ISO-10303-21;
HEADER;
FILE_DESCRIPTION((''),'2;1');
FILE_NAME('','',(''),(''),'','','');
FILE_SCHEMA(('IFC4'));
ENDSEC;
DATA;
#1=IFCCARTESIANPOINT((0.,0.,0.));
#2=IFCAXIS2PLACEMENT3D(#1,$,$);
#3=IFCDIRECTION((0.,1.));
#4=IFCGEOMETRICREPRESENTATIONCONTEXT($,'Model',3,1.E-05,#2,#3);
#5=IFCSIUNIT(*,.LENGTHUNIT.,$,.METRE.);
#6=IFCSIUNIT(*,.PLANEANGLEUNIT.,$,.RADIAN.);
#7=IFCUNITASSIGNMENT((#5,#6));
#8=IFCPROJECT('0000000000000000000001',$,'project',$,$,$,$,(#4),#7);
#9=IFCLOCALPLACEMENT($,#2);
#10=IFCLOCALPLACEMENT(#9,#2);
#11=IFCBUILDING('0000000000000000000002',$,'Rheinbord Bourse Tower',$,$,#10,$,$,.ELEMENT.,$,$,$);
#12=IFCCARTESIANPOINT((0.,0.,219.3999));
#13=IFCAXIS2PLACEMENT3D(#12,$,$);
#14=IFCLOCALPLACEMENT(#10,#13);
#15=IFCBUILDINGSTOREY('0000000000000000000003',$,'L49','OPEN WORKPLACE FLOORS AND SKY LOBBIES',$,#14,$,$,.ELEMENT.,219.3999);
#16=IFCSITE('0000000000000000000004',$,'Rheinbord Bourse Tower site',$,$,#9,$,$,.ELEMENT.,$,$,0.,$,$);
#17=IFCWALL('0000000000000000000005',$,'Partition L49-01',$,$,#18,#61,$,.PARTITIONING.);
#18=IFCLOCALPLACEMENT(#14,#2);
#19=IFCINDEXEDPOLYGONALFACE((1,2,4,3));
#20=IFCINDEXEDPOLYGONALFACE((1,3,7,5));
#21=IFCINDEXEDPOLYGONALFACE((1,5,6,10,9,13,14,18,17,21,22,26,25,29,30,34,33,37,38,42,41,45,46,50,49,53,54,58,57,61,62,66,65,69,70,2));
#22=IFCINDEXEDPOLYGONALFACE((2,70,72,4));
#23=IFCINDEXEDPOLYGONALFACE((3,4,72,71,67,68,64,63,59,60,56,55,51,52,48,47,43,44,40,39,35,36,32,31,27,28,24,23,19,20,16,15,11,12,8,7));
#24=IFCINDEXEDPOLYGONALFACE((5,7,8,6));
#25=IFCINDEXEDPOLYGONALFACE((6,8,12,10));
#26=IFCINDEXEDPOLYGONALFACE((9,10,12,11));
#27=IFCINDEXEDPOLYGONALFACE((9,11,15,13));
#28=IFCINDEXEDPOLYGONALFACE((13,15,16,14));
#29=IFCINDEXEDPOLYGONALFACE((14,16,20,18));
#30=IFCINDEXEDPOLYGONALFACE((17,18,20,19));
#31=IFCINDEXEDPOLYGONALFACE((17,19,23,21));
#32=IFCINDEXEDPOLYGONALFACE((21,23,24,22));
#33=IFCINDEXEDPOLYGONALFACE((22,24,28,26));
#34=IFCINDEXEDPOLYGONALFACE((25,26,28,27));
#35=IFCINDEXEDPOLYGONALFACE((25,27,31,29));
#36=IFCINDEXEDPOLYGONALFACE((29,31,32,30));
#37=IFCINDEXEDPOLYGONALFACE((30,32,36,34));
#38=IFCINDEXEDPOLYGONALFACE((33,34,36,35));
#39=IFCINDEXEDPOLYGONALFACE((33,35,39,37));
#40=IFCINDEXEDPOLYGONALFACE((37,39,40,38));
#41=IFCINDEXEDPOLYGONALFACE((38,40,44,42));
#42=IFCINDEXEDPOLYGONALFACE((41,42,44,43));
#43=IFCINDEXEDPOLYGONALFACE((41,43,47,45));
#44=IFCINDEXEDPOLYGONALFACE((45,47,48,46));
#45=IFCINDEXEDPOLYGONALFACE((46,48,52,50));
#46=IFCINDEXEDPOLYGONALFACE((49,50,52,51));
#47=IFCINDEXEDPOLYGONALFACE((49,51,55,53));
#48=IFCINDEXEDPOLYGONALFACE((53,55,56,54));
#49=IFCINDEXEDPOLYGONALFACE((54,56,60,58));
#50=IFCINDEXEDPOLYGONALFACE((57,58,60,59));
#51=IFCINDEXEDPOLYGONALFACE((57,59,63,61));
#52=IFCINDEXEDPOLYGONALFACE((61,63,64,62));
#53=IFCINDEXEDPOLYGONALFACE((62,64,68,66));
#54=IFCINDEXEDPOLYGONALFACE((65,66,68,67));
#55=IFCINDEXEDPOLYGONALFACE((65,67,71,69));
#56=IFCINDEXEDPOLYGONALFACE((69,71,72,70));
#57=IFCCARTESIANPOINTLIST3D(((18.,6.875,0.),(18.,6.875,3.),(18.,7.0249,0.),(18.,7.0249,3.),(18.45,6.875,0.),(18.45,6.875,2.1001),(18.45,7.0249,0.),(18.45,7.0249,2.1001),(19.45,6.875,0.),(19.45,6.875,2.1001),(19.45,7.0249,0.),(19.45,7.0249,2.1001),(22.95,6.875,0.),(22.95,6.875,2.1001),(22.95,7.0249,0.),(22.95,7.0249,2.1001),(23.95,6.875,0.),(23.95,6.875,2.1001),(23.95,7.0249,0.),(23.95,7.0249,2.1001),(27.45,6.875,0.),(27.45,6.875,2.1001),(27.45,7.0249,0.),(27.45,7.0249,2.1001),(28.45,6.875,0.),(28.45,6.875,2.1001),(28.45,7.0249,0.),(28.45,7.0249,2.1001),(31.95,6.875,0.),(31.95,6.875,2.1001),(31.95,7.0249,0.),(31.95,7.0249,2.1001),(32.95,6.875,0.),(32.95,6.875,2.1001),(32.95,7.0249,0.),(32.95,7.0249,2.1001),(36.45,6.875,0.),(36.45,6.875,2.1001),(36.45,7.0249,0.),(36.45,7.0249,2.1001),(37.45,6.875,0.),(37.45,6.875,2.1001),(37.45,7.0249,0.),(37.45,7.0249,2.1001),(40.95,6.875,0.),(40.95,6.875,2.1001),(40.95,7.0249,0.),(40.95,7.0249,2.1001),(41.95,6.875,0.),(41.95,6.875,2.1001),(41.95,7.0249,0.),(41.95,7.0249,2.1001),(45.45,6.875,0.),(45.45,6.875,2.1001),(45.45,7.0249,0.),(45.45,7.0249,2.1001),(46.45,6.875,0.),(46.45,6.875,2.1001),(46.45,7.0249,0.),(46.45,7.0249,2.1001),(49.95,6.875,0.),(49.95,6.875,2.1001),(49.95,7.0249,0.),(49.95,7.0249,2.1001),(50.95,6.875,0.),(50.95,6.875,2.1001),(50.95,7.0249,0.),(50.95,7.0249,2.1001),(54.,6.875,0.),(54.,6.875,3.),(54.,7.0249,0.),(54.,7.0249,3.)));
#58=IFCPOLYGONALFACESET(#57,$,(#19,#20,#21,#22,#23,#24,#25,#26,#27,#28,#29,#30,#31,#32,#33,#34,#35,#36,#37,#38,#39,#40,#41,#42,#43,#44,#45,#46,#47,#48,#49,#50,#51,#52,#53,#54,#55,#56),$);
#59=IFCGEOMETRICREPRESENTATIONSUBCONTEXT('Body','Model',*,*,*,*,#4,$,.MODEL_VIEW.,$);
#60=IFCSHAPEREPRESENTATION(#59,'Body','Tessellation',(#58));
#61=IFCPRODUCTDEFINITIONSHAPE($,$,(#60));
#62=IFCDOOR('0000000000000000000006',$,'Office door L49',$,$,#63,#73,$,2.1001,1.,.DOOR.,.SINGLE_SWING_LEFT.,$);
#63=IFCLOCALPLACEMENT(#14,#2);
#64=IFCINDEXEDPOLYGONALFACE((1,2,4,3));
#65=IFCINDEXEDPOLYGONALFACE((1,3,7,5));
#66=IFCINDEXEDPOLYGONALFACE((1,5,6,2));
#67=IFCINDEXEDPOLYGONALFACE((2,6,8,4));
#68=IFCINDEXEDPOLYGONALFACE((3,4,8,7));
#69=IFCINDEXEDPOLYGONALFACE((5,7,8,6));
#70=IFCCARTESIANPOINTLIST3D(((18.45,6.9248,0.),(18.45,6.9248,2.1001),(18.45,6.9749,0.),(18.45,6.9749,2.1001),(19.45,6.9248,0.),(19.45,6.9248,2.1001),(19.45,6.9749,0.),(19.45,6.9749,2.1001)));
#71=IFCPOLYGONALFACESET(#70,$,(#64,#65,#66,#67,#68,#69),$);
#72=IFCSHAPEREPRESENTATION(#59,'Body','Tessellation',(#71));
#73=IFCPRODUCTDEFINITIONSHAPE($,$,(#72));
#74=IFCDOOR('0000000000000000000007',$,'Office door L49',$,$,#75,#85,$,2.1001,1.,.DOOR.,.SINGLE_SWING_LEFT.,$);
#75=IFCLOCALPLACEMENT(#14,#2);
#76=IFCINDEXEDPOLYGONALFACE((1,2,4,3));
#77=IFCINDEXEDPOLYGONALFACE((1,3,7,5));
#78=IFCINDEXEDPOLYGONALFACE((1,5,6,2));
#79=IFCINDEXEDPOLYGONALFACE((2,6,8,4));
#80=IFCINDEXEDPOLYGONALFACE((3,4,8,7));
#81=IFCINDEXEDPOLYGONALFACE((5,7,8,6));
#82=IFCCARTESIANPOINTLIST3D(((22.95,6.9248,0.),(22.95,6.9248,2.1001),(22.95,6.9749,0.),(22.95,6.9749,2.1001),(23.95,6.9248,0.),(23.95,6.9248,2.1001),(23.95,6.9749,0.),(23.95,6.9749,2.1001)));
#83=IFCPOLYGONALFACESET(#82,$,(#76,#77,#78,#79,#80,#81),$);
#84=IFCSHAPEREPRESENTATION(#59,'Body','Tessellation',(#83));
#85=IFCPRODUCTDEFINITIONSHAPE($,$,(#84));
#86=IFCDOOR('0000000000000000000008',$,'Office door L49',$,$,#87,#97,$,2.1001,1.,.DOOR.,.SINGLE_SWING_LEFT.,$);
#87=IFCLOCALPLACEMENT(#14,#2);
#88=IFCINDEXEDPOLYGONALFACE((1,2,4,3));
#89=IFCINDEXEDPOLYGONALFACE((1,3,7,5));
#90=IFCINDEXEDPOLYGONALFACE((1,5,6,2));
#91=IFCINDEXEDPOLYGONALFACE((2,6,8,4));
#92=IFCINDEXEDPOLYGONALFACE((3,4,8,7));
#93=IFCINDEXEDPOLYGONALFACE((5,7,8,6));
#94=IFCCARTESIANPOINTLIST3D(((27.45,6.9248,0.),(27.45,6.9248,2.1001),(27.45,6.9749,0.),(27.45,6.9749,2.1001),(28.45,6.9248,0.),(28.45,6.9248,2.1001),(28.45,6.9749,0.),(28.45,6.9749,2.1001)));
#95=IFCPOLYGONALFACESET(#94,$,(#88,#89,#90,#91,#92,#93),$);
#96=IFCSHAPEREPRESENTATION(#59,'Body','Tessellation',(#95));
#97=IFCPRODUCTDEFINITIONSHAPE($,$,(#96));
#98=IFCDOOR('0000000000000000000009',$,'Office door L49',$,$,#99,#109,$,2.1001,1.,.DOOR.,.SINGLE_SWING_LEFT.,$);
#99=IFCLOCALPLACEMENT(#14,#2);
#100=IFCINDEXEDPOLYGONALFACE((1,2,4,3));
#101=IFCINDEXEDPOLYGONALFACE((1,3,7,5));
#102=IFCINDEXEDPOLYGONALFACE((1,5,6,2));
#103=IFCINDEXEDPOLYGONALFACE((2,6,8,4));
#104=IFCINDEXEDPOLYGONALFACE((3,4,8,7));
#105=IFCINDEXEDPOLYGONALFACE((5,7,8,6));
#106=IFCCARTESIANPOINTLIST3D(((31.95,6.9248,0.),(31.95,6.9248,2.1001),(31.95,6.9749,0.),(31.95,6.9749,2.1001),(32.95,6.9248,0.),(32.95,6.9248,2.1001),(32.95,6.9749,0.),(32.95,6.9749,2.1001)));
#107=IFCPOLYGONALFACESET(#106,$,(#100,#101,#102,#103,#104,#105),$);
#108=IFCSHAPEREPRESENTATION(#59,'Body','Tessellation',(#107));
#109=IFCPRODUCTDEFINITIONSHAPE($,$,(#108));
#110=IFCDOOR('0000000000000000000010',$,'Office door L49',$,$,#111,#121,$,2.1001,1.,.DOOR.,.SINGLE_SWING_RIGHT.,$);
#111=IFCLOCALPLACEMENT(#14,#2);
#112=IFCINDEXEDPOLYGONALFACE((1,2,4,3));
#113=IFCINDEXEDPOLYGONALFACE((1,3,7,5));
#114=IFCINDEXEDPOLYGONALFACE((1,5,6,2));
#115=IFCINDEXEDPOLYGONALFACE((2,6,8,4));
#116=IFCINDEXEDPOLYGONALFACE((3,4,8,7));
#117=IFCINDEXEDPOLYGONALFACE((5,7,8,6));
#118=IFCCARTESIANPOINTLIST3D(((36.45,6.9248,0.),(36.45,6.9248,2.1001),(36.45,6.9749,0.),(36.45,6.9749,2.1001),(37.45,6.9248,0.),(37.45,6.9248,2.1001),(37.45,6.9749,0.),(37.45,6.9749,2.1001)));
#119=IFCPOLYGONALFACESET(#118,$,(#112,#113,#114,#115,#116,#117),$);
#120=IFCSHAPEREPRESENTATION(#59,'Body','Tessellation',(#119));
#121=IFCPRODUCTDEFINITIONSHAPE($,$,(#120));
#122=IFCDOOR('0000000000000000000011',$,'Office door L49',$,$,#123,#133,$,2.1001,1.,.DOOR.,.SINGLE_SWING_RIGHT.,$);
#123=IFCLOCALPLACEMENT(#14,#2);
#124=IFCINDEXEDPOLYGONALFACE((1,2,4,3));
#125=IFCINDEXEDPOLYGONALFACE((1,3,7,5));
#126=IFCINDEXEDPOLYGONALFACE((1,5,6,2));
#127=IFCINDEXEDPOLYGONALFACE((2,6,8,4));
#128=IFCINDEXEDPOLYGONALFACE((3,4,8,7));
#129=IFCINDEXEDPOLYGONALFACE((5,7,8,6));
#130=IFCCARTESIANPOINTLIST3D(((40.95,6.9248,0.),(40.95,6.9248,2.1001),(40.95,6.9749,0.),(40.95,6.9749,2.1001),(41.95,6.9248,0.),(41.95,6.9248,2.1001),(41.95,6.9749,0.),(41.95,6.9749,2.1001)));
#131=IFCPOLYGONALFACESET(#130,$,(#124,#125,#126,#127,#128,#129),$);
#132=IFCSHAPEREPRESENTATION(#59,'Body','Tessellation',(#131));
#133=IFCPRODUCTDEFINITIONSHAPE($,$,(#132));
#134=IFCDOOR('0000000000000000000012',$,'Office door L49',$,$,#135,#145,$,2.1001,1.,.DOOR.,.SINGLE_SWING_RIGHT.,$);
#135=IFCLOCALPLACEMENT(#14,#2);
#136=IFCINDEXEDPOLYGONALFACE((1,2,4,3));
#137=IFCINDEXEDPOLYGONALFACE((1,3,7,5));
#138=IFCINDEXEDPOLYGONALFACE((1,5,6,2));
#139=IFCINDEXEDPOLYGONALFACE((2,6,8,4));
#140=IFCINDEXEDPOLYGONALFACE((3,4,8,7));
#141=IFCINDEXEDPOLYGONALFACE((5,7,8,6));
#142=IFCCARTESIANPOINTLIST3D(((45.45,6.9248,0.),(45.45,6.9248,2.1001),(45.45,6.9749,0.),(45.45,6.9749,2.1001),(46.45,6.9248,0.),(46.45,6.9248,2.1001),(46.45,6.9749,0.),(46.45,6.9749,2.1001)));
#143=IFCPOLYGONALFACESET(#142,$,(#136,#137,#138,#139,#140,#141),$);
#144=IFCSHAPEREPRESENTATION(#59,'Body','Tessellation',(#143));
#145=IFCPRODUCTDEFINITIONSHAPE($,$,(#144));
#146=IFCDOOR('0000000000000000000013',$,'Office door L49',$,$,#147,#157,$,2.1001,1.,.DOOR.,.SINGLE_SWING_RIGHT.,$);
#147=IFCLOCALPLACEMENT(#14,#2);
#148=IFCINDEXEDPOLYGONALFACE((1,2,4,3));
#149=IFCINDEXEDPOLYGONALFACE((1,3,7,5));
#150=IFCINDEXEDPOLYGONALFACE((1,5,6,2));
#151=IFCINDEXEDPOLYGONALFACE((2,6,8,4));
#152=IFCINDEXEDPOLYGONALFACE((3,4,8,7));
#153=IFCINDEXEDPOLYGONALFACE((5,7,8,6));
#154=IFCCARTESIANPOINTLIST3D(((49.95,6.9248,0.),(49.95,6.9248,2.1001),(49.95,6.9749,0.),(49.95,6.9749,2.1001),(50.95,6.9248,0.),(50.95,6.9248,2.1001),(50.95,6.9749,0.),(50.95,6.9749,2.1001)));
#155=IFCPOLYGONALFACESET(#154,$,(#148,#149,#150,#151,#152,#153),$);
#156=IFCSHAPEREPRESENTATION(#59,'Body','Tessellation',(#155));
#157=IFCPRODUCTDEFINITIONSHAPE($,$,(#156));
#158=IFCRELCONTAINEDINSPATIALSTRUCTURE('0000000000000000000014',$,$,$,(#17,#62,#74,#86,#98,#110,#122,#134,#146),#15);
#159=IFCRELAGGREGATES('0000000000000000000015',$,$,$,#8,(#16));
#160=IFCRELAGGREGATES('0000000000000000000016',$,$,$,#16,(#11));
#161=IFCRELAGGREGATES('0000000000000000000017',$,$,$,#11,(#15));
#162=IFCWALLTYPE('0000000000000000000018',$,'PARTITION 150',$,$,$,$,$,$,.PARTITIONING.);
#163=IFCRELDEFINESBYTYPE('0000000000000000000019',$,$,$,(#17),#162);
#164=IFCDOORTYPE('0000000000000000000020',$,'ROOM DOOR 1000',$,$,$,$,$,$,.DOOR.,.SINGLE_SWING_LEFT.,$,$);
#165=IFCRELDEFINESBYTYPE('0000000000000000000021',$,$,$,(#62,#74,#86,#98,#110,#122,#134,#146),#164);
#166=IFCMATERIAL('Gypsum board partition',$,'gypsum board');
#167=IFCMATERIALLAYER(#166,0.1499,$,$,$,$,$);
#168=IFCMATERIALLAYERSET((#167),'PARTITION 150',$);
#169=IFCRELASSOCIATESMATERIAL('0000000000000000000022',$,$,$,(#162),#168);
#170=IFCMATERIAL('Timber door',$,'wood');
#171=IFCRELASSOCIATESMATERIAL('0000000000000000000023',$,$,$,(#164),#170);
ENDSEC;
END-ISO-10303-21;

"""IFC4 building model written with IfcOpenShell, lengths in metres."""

from ifc_helpers import new_model, si_unit, direction, frame, frame_2d, origin, place, context, subcontext, project, spatial, rectangle, extrude, material, layer, layer_set, type_object, element, fill, save


model = new_model("IFC4")

# Units and contexts
model_context = context("Model", 3, precision=1e-05, world=origin(), true_north=direction((0.0, 1.0)))
body_context = subcontext(model_context, "Body", "Model", "MODEL_VIEW")
ifc_project = project(units=[si_unit("LENGTHUNIT", "METRE"), si_unit("PLANEANGLEUNIT", "RADIAN")], contexts=[model_context])

# Site, building, storey
site_placement = place(None, origin())
site = spatial("IfcSite", under=ifc_project, at=site_placement, Name="Rheinbord Bourse Tower site", CompositionType="ELEMENT", RefElevation=0.0)
building_placement = place(site_placement, origin())
building = spatial("IfcBuilding", under=site, at=building_placement, Name="Rheinbord Bourse Tower", CompositionType="ELEMENT")
storey_placement = place(building_placement, frame((0.0, 0.0, 219.3999)))
storey = spatial("IfcBuildingStorey", under=building, at=storey_placement, Name="L49", Description="OPEN WORKPLACE FLOORS AND SKY LOBBIES", CompositionType="ELEMENT", Elevation=219.3999)

# Wall, openings, doors
ifc_material_1 = material(Name="Gypsum board partition", Category="gypsum board")
ifc_layer_1 = layer(ifc_material_1, 0.1499)
ifc_layer_set_1 = layer_set([ifc_layer_1], Name="PARTITION 150")
wall_type_1 = type_object("IfcWallType", Name="PARTITION 150", PredefinedType="PARTITIONING", material=ifc_layer_set_1)
wall_1_placement = place(storey_placement, frame((18.0, 6.95, 0.0), z_axis=(0.0, 0.0, 1.0), x_axis=(1.0, 0.0, 0.0)))
wall_1 = element("IfcWall", 1, at=wall_1_placement, inside=storey, type_object=wall_type_1, Name="Partition L49-01", PredefinedType="PARTITIONING", context=body_context, shape_type="SweptSolid", body=[
    extrude(rectangle(XDim=36.0, YDim=0.1499, at=frame_2d((18.0, 0.0))), origin(), (0.0, 0.0, 1.0), 3.0),
])
opening_1_placement = place(wall_1_placement, frame((0.45, 0.0, 0.0)))
opening_1 = element("IfcOpeningElement", 2, at=opening_1_placement, cuts=wall_1, PredefinedType="OPENING", context=body_context, shape_type="SweptSolid", body=[
    extrude(rectangle(XDim=1.0, YDim=2.1001, at=frame_2d((0.5, 1.05))), frame((0.0, 0.085, 0.0), z_axis=(0.0, -1.0, 0.0), x_axis=(1.0, 0.0, 0.0)), (0.0, 0.0, 1.0), 0.1699),
])
opening_2_placement = place(wall_1_placement, frame((4.95, 0.0, 0.0)))
opening_2 = element("IfcOpeningElement", 3, at=opening_2_placement, cuts=wall_1, PredefinedType="OPENING", context=body_context, shape_type="SweptSolid", body=[
    extrude(rectangle(XDim=1.0, YDim=2.1001, at=frame_2d((0.5, 1.05))), frame((0.0, 0.085, 0.0), z_axis=(0.0, -1.0, 0.0), x_axis=(1.0, 0.0, 0.0)), (0.0, 0.0, 1.0), 0.1699),
])
opening_3_placement = place(wall_1_placement, frame((9.45, 0.0, 0.0)))
opening_3 = element("IfcOpeningElement", 4, at=opening_3_placement, cuts=wall_1, PredefinedType="OPENING", context=body_context, shape_type="SweptSolid", body=[
    extrude(rectangle(XDim=1.0, YDim=2.1001, at=frame_2d((0.5, 1.05))), frame((0.0, 0.085, 0.0), z_axis=(0.0, -1.0, 0.0), x_axis=(1.0, 0.0, 0.0)), (0.0, 0.0, 1.0), 0.1699),
])
opening_4_placement = place(wall_1_placement, frame((13.95, 0.0, 0.0)))
opening_4 = element("IfcOpeningElement", 5, at=opening_4_placement, cuts=wall_1, PredefinedType="OPENING", context=body_context, shape_type="SweptSolid", body=[
    extrude(rectangle(XDim=1.0, YDim=2.1001, at=frame_2d((0.5, 1.05))), frame((0.0, 0.085, 0.0), z_axis=(0.0, -1.0, 0.0), x_axis=(1.0, 0.0, 0.0)), (0.0, 0.0, 1.0), 0.1699),
])
opening_5_placement = place(wall_1_placement, frame((18.45, 0.0, 0.0)))
opening_5 = element("IfcOpeningElement", 6, at=opening_5_placement, cuts=wall_1, PredefinedType="OPENING", context=body_context, shape_type="SweptSolid", body=[
    extrude(rectangle(XDim=1.0, YDim=2.1001, at=frame_2d((0.5, 1.05))), frame((0.0, 0.085, 0.0), z_axis=(0.0, -1.0, 0.0), x_axis=(1.0, 0.0, 0.0)), (0.0, 0.0, 1.0), 0.1699),
])
opening_6_placement = place(wall_1_placement, frame((22.95, 0.0, 0.0)))
opening_6 = element("IfcOpeningElement", 7, at=opening_6_placement, cuts=wall_1, PredefinedType="OPENING", context=body_context, shape_type="SweptSolid", body=[
    extrude(rectangle(XDim=1.0, YDim=2.1001, at=frame_2d((0.5, 1.05))), frame((0.0, 0.085, 0.0), z_axis=(0.0, -1.0, 0.0), x_axis=(1.0, 0.0, 0.0)), (0.0, 0.0, 1.0), 0.1699),
])
opening_7_placement = place(wall_1_placement, frame((27.45, 0.0, 0.0)))
opening_7 = element("IfcOpeningElement", 8, at=opening_7_placement, cuts=wall_1, PredefinedType="OPENING", context=body_context, shape_type="SweptSolid", body=[
    extrude(rectangle(XDim=1.0, YDim=2.1001, at=frame_2d((0.5, 1.05))), frame((0.0, 0.085, 0.0), z_axis=(0.0, -1.0, 0.0), x_axis=(1.0, 0.0, 0.0)), (0.0, 0.0, 1.0), 0.1699),
])
opening_8_placement = place(wall_1_placement, frame((31.95, 0.0, 0.0)))
opening_8 = element("IfcOpeningElement", 9, at=opening_8_placement, cuts=wall_1, PredefinedType="OPENING", context=body_context, shape_type="SweptSolid", body=[
    extrude(rectangle(XDim=1.0, YDim=2.1001, at=frame_2d((0.5, 1.05))), frame((0.0, 0.085, 0.0), z_axis=(0.0, -1.0, 0.0), x_axis=(1.0, 0.0, 0.0)), (0.0, 0.0, 1.0), 0.1699),
])
ifc_material_2 = material(Name="Timber door", Category="wood")
door_type_1 = type_object("IfcDoorType", Name="ROOM DOOR 1000", OperationType="SINGLE_SWING_LEFT", PredefinedType="DOOR", material=ifc_material_2)
door_1_placement = place(opening_1_placement, origin())
door_1 = element("IfcDoor", 10, at=door_1_placement, inside=storey, type_object=door_type_1, Name="Office door L49", OperationType="SINGLE_SWING_LEFT", OverallHeight=2.1001, OverallWidth=1.0, PredefinedType="DOOR", context=body_context, shape_type="SweptSolid", body=[
    extrude(rectangle(XDim=1.0, YDim=2.1001, at=frame_2d((0.5, 1.05))), frame((0.0, 0.0249, 0.0), z_axis=(0.0, -1.0, 0.0), x_axis=(1.0, 0.0, 0.0)), (0.0, 0.0, 1.0), 0.05),
])
fill(opening_1, door_1)
door_2_placement = place(opening_2_placement, origin())
door_2 = element("IfcDoor", 11, at=door_2_placement, inside=storey, type_object=door_type_1, Name="Office door L49", OperationType="SINGLE_SWING_LEFT", OverallHeight=2.1001, OverallWidth=1.0, PredefinedType="DOOR", context=body_context, shape_type="SweptSolid", body=[
    extrude(rectangle(XDim=1.0, YDim=2.1001, at=frame_2d((0.5, 1.05))), frame((0.0, 0.0249, 0.0), z_axis=(0.0, -1.0, 0.0), x_axis=(1.0, 0.0, 0.0)), (0.0, 0.0, 1.0), 0.05),
])
fill(opening_2, door_2)
door_3_placement = place(opening_3_placement, origin())
door_3 = element("IfcDoor", 12, at=door_3_placement, inside=storey, type_object=door_type_1, Name="Office door L49", OperationType="SINGLE_SWING_LEFT", OverallHeight=2.1001, OverallWidth=1.0, PredefinedType="DOOR", context=body_context, shape_type="SweptSolid", body=[
    extrude(rectangle(XDim=1.0, YDim=2.1001, at=frame_2d((0.5, 1.05))), frame((0.0, 0.0249, 0.0), z_axis=(0.0, -1.0, 0.0), x_axis=(1.0, 0.0, 0.0)), (0.0, 0.0, 1.0), 0.05),
])
fill(opening_3, door_3)
door_4_placement = place(opening_4_placement, origin())
door_4 = element("IfcDoor", 13, at=door_4_placement, inside=storey, type_object=door_type_1, Name="Office door L49", OperationType="SINGLE_SWING_LEFT", OverallHeight=2.1001, OverallWidth=1.0, PredefinedType="DOOR", context=body_context, shape_type="SweptSolid", body=[
    extrude(rectangle(XDim=1.0, YDim=2.1001, at=frame_2d((0.5, 1.05))), frame((0.0, 0.0249, 0.0), z_axis=(0.0, -1.0, 0.0), x_axis=(1.0, 0.0, 0.0)), (0.0, 0.0, 1.0), 0.05),
])
fill(opening_4, door_4)
door_5_placement = place(opening_5_placement, origin())
door_5 = element("IfcDoor", 14, at=door_5_placement, inside=storey, type_object=door_type_1, Name="Office door L49", OperationType="SINGLE_SWING_RIGHT", OverallHeight=2.1001, OverallWidth=1.0, PredefinedType="DOOR", context=body_context, shape_type="SweptSolid", body=[
    extrude(rectangle(XDim=1.0, YDim=2.1001, at=frame_2d((0.5, 1.05))), frame((0.0, 0.0249, 0.0), z_axis=(0.0, -1.0, 0.0), x_axis=(1.0, 0.0, 0.0)), (0.0, 0.0, 1.0), 0.05),
])
fill(opening_5, door_5)
door_6_placement = place(opening_6_placement, origin())
door_6 = element("IfcDoor", 15, at=door_6_placement, inside=storey, type_object=door_type_1, Name="Office door L49", OperationType="SINGLE_SWING_RIGHT", OverallHeight=2.1001, OverallWidth=1.0, PredefinedType="DOOR", context=body_context, shape_type="SweptSolid", body=[
    extrude(rectangle(XDim=1.0, YDim=2.1001, at=frame_2d((0.5, 1.05))), frame((0.0, 0.0249, 0.0), z_axis=(0.0, -1.0, 0.0), x_axis=(1.0, 0.0, 0.0)), (0.0, 0.0, 1.0), 0.05),
])
fill(opening_6, door_6)
door_7_placement = place(opening_7_placement, origin())
door_7 = element("IfcDoor", 16, at=door_7_placement, inside=storey, type_object=door_type_1, Name="Office door L49", OperationType="SINGLE_SWING_RIGHT", OverallHeight=2.1001, OverallWidth=1.0, PredefinedType="DOOR", context=body_context, shape_type="SweptSolid", body=[
    extrude(rectangle(XDim=1.0, YDim=2.1001, at=frame_2d((0.5, 1.05))), frame((0.0, 0.0249, 0.0), z_axis=(0.0, -1.0, 0.0), x_axis=(1.0, 0.0, 0.0)), (0.0, 0.0, 1.0), 0.05),
])
fill(opening_7, door_7)
door_8_placement = place(opening_8_placement, origin())
door_8 = element("IfcDoor", 17, at=door_8_placement, inside=storey, type_object=door_type_1, Name="Office door L49", OperationType="SINGLE_SWING_RIGHT", OverallHeight=2.1001, OverallWidth=1.0, PredefinedType="DOOR", context=body_context, shape_type="SweptSolid", body=[
    extrude(rectangle(XDim=1.0, YDim=2.1001, at=frame_2d((0.5, 1.05))), frame((0.0, 0.0249, 0.0), z_axis=(0.0, -1.0, 0.0), x_axis=(1.0, 0.0, 0.0)), (0.0, 0.0, 1.0), 0.05),
])
fill(opening_8, door_8)

save(model, "model.ifc")
